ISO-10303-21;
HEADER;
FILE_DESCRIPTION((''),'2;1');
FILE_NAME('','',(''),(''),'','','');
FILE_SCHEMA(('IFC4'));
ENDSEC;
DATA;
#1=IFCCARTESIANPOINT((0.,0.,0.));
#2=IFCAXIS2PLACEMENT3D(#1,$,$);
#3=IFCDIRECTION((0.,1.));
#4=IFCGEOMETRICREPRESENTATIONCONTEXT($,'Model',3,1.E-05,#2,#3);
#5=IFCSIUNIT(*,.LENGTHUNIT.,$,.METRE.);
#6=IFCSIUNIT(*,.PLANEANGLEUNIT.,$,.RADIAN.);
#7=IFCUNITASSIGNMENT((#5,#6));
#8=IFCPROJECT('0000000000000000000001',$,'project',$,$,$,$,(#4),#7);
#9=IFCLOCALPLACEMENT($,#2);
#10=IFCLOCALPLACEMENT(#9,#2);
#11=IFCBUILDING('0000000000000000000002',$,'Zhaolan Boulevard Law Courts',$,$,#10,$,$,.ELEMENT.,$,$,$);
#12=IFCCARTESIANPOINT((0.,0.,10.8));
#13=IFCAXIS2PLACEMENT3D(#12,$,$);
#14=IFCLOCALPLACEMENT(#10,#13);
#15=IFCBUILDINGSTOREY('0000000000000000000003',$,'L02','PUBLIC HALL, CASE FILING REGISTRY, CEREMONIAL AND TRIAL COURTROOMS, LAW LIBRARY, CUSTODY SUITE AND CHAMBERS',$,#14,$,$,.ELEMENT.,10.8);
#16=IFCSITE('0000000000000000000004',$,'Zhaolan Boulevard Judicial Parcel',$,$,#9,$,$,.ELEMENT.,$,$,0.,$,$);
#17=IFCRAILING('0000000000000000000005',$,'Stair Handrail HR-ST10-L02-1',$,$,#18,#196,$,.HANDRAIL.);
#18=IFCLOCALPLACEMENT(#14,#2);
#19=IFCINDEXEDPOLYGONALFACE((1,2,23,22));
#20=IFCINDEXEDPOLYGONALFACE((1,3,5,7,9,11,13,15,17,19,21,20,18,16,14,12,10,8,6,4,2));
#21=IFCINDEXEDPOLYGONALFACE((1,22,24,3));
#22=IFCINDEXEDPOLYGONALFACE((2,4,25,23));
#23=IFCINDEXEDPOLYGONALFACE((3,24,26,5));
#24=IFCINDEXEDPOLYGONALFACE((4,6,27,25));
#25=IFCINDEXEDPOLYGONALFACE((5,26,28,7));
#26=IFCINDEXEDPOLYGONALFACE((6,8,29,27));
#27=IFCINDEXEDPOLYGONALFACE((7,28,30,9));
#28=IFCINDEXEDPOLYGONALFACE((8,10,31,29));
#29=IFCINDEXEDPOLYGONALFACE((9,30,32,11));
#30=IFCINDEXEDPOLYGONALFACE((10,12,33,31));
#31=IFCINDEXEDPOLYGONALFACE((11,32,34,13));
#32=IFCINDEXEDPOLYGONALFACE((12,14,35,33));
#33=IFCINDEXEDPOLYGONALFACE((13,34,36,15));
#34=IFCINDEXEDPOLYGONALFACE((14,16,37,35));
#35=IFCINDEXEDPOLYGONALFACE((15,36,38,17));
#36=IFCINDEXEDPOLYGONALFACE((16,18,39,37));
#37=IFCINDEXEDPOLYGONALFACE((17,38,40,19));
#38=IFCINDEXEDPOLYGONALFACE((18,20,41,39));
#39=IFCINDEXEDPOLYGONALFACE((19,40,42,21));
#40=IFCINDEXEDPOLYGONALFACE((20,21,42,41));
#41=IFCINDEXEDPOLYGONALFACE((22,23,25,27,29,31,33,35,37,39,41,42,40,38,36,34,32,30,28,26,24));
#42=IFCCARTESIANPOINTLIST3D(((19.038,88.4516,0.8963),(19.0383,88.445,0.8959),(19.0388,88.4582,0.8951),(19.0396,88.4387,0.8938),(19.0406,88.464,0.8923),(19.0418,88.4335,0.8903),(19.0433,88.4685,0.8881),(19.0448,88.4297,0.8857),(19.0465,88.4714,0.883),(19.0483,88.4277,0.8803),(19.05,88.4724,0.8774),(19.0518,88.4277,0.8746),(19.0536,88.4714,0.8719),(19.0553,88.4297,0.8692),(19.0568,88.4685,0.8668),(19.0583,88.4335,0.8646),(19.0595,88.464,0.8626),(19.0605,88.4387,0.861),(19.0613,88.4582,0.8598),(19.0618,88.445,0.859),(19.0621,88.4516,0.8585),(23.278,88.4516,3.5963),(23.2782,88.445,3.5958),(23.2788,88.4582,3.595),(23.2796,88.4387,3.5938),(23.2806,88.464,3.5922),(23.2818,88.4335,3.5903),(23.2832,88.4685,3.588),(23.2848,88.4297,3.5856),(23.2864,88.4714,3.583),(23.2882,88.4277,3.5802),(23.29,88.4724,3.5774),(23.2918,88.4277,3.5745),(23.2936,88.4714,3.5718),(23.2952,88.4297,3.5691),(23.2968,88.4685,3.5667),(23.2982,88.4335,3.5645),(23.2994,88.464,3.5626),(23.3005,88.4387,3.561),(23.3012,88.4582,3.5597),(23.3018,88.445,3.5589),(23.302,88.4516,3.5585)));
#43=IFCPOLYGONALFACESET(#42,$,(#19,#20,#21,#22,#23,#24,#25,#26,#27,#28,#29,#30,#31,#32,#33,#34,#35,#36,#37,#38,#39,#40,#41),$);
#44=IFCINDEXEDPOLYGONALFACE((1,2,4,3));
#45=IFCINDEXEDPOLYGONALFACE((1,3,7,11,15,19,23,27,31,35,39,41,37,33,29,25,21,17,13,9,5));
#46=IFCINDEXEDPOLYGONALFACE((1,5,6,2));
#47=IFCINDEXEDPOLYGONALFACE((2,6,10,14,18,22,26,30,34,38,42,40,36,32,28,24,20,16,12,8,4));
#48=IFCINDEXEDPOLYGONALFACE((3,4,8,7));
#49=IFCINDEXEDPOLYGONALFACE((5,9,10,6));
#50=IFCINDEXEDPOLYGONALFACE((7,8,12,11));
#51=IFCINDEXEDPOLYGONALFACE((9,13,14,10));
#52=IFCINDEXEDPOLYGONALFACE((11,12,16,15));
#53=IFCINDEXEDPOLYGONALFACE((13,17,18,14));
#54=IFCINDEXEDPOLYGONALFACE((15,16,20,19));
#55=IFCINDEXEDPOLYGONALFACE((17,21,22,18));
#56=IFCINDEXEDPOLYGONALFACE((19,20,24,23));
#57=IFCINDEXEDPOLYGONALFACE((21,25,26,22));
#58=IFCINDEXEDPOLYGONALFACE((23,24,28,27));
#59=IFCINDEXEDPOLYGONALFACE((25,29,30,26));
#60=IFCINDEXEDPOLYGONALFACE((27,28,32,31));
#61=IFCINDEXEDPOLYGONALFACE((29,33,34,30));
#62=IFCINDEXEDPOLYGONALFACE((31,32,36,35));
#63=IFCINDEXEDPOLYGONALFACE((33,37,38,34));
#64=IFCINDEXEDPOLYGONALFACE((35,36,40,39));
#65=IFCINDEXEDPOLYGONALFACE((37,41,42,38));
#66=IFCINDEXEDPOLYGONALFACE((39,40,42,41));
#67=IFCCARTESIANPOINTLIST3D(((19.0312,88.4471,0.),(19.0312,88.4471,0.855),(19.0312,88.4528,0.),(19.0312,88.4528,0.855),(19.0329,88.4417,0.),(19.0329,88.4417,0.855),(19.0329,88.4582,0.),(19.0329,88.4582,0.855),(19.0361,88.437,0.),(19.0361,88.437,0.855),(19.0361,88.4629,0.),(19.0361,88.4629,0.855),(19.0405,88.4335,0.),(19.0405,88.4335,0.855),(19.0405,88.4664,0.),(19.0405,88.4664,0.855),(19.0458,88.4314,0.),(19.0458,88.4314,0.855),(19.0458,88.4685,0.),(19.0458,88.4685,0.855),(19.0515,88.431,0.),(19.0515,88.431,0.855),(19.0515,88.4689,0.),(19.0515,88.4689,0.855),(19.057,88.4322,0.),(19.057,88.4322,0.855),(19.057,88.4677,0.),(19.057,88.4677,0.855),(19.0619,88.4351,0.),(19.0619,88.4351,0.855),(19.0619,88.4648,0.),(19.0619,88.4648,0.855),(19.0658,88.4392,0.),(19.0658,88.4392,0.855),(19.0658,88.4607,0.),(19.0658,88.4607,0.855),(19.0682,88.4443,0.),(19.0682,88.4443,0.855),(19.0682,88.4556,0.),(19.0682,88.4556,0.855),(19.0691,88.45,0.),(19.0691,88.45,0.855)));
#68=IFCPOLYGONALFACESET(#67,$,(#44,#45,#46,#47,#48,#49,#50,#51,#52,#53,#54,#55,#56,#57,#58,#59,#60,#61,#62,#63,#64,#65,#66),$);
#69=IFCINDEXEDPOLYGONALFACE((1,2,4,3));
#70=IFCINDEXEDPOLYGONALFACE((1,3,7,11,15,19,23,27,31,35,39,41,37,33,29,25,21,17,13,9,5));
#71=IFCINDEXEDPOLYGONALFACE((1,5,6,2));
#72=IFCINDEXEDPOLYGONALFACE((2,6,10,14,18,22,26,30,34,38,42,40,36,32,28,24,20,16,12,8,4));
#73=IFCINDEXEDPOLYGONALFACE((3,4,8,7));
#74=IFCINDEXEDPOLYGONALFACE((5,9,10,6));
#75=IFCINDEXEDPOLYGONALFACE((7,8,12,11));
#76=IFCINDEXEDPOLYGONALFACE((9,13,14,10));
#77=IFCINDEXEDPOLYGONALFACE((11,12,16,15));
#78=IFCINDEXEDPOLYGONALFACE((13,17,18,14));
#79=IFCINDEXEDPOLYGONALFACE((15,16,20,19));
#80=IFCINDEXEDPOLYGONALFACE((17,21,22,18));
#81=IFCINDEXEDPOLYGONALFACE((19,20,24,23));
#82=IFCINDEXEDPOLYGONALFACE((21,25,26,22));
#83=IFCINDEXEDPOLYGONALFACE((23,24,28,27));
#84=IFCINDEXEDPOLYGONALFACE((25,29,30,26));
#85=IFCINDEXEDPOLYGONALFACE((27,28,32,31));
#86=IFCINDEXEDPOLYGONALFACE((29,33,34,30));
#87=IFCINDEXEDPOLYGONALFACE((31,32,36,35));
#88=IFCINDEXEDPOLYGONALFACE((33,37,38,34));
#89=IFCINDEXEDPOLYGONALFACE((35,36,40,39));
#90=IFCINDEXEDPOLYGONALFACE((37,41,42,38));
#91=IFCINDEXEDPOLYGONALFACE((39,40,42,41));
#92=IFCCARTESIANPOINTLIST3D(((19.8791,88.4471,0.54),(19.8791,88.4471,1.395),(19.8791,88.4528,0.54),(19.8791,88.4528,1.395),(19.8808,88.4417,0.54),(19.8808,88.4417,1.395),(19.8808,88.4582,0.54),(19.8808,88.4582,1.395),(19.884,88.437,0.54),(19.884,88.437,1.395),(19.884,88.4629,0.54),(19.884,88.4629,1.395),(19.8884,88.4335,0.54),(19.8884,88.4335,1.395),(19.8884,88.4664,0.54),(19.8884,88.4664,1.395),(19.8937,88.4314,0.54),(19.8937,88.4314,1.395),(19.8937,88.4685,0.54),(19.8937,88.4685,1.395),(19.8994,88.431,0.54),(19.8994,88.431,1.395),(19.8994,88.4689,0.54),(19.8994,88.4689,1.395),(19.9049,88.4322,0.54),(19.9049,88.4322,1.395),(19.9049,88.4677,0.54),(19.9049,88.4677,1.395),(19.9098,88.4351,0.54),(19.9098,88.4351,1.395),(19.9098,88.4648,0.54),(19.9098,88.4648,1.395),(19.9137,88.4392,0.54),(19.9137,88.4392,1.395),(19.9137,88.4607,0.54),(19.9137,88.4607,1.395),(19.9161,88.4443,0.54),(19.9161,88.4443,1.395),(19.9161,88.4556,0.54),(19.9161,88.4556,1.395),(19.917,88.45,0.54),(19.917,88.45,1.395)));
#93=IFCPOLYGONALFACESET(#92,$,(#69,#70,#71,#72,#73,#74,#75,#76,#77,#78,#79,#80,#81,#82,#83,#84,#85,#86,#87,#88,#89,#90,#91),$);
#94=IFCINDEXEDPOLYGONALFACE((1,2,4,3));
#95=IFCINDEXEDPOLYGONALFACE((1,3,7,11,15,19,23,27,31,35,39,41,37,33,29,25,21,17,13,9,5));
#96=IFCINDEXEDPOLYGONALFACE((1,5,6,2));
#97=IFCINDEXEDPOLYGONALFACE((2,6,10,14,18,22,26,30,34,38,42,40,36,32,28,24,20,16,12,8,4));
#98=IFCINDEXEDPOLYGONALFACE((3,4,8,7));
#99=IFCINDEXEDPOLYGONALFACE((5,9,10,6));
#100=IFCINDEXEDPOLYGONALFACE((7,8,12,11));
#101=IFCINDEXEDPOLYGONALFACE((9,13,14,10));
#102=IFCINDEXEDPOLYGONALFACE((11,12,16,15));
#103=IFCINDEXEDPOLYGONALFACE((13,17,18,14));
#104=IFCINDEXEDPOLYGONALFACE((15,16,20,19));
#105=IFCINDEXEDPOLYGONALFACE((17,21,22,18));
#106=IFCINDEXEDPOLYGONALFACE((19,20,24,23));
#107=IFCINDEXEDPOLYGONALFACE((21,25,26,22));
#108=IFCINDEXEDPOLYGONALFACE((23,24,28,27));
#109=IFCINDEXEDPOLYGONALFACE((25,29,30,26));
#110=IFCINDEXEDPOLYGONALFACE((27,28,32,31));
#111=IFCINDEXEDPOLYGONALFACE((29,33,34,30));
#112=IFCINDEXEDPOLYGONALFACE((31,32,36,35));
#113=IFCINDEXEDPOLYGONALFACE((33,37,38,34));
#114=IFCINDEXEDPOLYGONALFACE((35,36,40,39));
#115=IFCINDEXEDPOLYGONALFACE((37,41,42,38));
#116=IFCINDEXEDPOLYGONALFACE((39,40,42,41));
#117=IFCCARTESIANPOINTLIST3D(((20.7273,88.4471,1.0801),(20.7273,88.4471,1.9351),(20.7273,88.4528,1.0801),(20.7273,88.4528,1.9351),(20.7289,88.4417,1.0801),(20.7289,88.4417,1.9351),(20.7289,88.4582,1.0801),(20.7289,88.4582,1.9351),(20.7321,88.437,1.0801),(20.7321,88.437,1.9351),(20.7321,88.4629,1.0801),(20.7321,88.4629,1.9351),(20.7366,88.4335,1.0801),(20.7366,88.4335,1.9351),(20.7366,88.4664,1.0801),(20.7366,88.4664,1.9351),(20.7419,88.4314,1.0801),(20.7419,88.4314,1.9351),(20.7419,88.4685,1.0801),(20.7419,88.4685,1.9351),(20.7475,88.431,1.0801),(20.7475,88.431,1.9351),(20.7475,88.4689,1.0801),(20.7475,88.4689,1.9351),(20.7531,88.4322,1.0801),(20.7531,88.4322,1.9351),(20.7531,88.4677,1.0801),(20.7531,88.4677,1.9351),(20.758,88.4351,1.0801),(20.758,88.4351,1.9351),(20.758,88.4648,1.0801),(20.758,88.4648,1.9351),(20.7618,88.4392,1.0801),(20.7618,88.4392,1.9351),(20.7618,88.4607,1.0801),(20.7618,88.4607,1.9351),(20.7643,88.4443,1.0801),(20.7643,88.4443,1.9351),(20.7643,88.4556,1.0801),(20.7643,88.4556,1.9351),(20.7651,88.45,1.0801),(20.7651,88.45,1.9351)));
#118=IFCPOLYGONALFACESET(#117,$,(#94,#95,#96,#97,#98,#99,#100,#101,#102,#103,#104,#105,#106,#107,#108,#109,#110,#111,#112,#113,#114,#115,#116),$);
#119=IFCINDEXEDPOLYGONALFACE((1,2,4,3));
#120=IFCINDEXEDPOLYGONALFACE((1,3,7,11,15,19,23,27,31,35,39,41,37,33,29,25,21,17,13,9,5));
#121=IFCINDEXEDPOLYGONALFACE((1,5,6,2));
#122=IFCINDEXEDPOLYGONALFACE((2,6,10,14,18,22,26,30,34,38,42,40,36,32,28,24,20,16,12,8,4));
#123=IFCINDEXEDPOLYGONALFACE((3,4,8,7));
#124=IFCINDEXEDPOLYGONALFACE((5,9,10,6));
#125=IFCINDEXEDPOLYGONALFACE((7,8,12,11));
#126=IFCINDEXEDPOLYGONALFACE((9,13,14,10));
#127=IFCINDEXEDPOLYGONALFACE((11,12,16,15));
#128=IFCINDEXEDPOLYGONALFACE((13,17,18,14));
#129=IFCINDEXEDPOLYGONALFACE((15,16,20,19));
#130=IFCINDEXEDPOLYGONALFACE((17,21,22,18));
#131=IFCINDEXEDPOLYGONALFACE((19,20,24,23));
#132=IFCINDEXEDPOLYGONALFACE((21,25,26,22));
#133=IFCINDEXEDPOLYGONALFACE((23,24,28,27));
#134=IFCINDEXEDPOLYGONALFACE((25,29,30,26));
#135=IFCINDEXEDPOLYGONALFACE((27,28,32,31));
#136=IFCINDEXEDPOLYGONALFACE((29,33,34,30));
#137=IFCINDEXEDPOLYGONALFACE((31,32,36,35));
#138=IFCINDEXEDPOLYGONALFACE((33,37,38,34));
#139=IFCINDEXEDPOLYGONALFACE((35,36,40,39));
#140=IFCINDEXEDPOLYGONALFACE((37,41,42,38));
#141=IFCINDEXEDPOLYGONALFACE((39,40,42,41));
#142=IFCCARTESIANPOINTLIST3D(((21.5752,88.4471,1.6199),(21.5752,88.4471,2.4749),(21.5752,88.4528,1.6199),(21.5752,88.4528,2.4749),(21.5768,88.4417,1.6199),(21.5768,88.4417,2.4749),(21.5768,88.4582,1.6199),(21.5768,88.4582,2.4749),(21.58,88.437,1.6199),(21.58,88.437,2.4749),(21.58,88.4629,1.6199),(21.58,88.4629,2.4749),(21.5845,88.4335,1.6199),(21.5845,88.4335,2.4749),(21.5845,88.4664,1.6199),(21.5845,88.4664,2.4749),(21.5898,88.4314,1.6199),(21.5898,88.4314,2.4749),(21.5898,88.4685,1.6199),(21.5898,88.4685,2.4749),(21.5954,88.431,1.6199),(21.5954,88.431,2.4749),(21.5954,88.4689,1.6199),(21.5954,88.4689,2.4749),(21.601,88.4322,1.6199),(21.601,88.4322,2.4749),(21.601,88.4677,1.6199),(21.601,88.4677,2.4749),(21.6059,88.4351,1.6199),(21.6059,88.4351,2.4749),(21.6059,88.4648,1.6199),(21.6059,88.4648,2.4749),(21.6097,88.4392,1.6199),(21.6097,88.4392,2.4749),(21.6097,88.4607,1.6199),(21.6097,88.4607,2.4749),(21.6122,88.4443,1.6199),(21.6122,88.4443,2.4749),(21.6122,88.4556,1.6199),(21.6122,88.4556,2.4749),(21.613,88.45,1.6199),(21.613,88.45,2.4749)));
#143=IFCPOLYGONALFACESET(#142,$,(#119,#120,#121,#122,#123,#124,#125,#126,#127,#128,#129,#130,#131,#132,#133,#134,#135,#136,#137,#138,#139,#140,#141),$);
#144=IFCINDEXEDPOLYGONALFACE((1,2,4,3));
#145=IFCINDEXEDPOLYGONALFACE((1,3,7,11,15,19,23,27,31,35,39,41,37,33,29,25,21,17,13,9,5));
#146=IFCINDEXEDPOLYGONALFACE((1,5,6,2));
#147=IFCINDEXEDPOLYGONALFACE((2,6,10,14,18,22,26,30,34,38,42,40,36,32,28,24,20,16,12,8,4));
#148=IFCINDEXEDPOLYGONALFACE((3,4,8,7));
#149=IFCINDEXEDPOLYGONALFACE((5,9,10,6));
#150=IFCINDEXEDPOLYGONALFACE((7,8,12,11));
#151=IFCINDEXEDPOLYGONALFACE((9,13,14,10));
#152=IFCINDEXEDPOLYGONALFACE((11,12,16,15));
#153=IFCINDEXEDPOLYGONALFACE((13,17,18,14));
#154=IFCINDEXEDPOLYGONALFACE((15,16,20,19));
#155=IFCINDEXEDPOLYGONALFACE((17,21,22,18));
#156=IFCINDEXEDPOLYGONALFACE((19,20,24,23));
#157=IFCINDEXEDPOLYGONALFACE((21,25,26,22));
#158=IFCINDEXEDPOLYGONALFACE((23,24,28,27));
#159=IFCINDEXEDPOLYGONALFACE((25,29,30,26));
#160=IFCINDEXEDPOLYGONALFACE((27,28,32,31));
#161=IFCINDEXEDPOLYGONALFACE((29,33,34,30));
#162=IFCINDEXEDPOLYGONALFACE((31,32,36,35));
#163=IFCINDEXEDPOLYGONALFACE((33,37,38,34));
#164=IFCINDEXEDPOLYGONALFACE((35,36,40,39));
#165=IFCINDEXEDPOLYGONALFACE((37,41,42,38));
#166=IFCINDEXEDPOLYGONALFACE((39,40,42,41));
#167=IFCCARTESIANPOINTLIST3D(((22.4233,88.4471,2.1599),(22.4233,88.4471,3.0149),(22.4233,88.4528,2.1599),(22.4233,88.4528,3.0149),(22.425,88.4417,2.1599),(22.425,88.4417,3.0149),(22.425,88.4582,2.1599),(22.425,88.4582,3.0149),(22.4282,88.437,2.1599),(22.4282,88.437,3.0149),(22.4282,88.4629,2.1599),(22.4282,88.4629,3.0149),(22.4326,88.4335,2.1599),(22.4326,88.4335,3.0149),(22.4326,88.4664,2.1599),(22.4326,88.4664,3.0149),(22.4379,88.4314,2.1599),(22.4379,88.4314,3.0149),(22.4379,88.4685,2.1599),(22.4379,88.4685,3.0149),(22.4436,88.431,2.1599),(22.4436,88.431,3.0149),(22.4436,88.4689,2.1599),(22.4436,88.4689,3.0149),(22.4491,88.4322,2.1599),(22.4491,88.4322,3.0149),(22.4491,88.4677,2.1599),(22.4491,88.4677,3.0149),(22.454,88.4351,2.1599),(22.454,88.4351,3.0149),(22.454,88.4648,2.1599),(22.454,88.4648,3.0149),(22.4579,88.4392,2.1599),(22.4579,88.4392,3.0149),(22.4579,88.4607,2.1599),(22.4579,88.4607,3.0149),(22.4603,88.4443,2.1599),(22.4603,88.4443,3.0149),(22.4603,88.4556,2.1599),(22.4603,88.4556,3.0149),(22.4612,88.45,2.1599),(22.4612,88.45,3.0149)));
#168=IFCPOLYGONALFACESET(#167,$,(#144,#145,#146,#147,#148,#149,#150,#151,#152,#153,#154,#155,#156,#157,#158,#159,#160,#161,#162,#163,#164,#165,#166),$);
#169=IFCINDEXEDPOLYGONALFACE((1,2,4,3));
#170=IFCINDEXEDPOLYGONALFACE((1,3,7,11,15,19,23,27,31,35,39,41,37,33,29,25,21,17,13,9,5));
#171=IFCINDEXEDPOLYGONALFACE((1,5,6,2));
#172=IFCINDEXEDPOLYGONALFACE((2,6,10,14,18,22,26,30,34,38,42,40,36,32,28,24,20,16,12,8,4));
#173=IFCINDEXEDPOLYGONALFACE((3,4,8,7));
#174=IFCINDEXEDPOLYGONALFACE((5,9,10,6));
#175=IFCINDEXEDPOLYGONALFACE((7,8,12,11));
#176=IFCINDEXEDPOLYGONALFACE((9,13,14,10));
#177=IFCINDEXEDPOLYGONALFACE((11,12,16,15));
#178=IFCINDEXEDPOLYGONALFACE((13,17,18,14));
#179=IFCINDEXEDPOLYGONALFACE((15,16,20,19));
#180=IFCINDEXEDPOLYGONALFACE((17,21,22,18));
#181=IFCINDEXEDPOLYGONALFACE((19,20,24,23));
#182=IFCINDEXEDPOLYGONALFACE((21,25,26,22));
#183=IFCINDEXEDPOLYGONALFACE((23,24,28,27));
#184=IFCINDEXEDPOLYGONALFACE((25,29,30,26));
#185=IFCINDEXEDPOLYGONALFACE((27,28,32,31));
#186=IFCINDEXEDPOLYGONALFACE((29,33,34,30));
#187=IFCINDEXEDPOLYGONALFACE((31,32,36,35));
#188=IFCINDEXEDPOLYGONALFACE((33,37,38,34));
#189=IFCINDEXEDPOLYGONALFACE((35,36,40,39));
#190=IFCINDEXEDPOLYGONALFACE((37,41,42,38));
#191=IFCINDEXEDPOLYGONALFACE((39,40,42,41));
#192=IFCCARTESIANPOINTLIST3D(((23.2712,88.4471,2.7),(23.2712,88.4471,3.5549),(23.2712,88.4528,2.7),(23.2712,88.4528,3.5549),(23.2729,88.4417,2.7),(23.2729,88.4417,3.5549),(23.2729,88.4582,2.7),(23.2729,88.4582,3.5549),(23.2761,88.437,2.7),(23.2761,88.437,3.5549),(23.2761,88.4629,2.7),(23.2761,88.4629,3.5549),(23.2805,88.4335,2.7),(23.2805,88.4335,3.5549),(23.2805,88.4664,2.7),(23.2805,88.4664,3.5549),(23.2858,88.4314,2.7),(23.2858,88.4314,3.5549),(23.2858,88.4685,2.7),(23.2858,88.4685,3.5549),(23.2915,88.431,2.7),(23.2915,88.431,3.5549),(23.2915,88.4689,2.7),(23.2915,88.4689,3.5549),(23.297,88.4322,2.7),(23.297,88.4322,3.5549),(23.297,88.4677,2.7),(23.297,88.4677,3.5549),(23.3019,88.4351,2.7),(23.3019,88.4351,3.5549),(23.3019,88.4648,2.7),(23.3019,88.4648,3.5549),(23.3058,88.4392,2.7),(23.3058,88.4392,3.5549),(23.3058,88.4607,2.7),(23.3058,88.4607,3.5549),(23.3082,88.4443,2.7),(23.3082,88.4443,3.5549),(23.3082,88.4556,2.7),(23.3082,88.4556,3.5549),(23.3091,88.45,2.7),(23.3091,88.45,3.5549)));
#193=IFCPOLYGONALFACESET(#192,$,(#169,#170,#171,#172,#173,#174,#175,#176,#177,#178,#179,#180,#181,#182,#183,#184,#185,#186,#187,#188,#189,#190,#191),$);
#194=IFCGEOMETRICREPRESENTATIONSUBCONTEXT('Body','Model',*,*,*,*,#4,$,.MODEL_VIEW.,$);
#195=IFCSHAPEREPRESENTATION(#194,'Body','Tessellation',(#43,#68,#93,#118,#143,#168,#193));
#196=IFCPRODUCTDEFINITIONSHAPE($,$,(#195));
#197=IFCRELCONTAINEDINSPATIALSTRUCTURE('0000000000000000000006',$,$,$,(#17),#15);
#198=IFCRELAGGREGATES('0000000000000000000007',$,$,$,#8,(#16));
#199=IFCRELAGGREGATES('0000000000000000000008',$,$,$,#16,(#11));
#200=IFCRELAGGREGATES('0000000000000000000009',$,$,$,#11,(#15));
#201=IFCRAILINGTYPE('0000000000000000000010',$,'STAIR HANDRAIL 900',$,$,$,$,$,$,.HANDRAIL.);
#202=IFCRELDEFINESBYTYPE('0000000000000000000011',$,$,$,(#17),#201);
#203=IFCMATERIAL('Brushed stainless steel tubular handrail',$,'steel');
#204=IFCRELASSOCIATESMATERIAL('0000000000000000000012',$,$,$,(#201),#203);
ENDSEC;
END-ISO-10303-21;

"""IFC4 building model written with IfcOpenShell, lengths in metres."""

from ifc_helpers import new_model, si_unit, direction, frame, origin, origin_2d, place, context, subcontext, project, spatial, circle, extrude, material, type_object, element, save


model = new_model("IFC4")

# Units and contexts
model_context = context("Model", 3, precision=1e-05, world=origin(), true_north=direction((0.0, 1.0)))
body_context = subcontext(model_context, "Body", "Model", "MODEL_VIEW")
ifc_project = project(units=[si_unit("LENGTHUNIT", "METRE"), si_unit("PLANEANGLEUNIT", "RADIAN")], contexts=[model_context])

# Site, building, storey
site_placement = place(None, origin())
site = spatial("IfcSite", under=ifc_project, at=site_placement, Name="Zhaolan Boulevard Judicial Parcel", CompositionType="ELEMENT", RefElevation=0.0)
building_placement = place(site_placement, origin())
building = spatial("IfcBuilding", under=site, at=building_placement, Name="Zhaolan Boulevard Law Courts", CompositionType="ELEMENT")
storey_placement = place(building_placement, frame((0.0, 0.0, 10.8)))
storey = spatial("IfcBuildingStorey", under=building, at=storey_placement, Name="L02", Description="PUBLIC HALL, CASE FILING REGISTRY, CEREMONIAL AND TRIAL COURTROOMS, LAW LIBRARY, CUSTODY SUITE AND CHAMBERS", CompositionType="ELEMENT", Elevation=10.8)

# Railing
ifc_material_1 = material(Name="Brushed stainless steel tubular handrail", Category="steel")
railing_type_1 = type_object("IfcRailingType", Name="STAIR HANDRAIL 900", PredefinedType="HANDRAIL", material=ifc_material_1)
railing_1_placement = place(storey_placement, frame((19.05, 88.45, 0.0)))
element("IfcRailing", 1, at=railing_1_placement, inside=storey, type_object=railing_type_1, Name="Stair Handrail HR-ST10-L02-1", PredefinedType="HANDRAIL", context=body_context, shape_type="SweptSolid", body=[
    extrude(circle(Radius=0.0225, at=origin_2d()), frame((0.0, 0.0, 0.8774), z_axis=(0.843501, 0.0, 0.537127), x_axis=(0.0, 1.0, 0.0)), (0.0, 0.0, 1.0), 5.0266),
    extrude(circle(Radius=0.019, at=origin_2d()), origin(), (0.0, 0.0, 1.0), 0.855),
    extrude(circle(Radius=0.019, at=origin_2d()), frame((0.8479, 0.0, 0.54)), (0.0, 0.0, 1.0), 0.855),
    extrude(circle(Radius=0.019, at=origin_2d()), frame((1.696, 0.0, 1.0801)), (0.0, 0.0, 1.0), 0.855),
    extrude(circle(Radius=0.019, at=origin_2d()), frame((2.5439, 0.0, 1.6199)), (0.0, 0.0, 1.0), 0.855),
    extrude(circle(Radius=0.019, at=origin_2d()), frame((3.3921, 0.0, 2.1599)), (0.0, 0.0, 1.0), 0.855),
    extrude(circle(Radius=0.019, at=origin_2d()), frame((4.24, 0.0, 2.7)), (0.0, 0.0, 1.0), 0.855),
])

save(model, "model.ifc")
